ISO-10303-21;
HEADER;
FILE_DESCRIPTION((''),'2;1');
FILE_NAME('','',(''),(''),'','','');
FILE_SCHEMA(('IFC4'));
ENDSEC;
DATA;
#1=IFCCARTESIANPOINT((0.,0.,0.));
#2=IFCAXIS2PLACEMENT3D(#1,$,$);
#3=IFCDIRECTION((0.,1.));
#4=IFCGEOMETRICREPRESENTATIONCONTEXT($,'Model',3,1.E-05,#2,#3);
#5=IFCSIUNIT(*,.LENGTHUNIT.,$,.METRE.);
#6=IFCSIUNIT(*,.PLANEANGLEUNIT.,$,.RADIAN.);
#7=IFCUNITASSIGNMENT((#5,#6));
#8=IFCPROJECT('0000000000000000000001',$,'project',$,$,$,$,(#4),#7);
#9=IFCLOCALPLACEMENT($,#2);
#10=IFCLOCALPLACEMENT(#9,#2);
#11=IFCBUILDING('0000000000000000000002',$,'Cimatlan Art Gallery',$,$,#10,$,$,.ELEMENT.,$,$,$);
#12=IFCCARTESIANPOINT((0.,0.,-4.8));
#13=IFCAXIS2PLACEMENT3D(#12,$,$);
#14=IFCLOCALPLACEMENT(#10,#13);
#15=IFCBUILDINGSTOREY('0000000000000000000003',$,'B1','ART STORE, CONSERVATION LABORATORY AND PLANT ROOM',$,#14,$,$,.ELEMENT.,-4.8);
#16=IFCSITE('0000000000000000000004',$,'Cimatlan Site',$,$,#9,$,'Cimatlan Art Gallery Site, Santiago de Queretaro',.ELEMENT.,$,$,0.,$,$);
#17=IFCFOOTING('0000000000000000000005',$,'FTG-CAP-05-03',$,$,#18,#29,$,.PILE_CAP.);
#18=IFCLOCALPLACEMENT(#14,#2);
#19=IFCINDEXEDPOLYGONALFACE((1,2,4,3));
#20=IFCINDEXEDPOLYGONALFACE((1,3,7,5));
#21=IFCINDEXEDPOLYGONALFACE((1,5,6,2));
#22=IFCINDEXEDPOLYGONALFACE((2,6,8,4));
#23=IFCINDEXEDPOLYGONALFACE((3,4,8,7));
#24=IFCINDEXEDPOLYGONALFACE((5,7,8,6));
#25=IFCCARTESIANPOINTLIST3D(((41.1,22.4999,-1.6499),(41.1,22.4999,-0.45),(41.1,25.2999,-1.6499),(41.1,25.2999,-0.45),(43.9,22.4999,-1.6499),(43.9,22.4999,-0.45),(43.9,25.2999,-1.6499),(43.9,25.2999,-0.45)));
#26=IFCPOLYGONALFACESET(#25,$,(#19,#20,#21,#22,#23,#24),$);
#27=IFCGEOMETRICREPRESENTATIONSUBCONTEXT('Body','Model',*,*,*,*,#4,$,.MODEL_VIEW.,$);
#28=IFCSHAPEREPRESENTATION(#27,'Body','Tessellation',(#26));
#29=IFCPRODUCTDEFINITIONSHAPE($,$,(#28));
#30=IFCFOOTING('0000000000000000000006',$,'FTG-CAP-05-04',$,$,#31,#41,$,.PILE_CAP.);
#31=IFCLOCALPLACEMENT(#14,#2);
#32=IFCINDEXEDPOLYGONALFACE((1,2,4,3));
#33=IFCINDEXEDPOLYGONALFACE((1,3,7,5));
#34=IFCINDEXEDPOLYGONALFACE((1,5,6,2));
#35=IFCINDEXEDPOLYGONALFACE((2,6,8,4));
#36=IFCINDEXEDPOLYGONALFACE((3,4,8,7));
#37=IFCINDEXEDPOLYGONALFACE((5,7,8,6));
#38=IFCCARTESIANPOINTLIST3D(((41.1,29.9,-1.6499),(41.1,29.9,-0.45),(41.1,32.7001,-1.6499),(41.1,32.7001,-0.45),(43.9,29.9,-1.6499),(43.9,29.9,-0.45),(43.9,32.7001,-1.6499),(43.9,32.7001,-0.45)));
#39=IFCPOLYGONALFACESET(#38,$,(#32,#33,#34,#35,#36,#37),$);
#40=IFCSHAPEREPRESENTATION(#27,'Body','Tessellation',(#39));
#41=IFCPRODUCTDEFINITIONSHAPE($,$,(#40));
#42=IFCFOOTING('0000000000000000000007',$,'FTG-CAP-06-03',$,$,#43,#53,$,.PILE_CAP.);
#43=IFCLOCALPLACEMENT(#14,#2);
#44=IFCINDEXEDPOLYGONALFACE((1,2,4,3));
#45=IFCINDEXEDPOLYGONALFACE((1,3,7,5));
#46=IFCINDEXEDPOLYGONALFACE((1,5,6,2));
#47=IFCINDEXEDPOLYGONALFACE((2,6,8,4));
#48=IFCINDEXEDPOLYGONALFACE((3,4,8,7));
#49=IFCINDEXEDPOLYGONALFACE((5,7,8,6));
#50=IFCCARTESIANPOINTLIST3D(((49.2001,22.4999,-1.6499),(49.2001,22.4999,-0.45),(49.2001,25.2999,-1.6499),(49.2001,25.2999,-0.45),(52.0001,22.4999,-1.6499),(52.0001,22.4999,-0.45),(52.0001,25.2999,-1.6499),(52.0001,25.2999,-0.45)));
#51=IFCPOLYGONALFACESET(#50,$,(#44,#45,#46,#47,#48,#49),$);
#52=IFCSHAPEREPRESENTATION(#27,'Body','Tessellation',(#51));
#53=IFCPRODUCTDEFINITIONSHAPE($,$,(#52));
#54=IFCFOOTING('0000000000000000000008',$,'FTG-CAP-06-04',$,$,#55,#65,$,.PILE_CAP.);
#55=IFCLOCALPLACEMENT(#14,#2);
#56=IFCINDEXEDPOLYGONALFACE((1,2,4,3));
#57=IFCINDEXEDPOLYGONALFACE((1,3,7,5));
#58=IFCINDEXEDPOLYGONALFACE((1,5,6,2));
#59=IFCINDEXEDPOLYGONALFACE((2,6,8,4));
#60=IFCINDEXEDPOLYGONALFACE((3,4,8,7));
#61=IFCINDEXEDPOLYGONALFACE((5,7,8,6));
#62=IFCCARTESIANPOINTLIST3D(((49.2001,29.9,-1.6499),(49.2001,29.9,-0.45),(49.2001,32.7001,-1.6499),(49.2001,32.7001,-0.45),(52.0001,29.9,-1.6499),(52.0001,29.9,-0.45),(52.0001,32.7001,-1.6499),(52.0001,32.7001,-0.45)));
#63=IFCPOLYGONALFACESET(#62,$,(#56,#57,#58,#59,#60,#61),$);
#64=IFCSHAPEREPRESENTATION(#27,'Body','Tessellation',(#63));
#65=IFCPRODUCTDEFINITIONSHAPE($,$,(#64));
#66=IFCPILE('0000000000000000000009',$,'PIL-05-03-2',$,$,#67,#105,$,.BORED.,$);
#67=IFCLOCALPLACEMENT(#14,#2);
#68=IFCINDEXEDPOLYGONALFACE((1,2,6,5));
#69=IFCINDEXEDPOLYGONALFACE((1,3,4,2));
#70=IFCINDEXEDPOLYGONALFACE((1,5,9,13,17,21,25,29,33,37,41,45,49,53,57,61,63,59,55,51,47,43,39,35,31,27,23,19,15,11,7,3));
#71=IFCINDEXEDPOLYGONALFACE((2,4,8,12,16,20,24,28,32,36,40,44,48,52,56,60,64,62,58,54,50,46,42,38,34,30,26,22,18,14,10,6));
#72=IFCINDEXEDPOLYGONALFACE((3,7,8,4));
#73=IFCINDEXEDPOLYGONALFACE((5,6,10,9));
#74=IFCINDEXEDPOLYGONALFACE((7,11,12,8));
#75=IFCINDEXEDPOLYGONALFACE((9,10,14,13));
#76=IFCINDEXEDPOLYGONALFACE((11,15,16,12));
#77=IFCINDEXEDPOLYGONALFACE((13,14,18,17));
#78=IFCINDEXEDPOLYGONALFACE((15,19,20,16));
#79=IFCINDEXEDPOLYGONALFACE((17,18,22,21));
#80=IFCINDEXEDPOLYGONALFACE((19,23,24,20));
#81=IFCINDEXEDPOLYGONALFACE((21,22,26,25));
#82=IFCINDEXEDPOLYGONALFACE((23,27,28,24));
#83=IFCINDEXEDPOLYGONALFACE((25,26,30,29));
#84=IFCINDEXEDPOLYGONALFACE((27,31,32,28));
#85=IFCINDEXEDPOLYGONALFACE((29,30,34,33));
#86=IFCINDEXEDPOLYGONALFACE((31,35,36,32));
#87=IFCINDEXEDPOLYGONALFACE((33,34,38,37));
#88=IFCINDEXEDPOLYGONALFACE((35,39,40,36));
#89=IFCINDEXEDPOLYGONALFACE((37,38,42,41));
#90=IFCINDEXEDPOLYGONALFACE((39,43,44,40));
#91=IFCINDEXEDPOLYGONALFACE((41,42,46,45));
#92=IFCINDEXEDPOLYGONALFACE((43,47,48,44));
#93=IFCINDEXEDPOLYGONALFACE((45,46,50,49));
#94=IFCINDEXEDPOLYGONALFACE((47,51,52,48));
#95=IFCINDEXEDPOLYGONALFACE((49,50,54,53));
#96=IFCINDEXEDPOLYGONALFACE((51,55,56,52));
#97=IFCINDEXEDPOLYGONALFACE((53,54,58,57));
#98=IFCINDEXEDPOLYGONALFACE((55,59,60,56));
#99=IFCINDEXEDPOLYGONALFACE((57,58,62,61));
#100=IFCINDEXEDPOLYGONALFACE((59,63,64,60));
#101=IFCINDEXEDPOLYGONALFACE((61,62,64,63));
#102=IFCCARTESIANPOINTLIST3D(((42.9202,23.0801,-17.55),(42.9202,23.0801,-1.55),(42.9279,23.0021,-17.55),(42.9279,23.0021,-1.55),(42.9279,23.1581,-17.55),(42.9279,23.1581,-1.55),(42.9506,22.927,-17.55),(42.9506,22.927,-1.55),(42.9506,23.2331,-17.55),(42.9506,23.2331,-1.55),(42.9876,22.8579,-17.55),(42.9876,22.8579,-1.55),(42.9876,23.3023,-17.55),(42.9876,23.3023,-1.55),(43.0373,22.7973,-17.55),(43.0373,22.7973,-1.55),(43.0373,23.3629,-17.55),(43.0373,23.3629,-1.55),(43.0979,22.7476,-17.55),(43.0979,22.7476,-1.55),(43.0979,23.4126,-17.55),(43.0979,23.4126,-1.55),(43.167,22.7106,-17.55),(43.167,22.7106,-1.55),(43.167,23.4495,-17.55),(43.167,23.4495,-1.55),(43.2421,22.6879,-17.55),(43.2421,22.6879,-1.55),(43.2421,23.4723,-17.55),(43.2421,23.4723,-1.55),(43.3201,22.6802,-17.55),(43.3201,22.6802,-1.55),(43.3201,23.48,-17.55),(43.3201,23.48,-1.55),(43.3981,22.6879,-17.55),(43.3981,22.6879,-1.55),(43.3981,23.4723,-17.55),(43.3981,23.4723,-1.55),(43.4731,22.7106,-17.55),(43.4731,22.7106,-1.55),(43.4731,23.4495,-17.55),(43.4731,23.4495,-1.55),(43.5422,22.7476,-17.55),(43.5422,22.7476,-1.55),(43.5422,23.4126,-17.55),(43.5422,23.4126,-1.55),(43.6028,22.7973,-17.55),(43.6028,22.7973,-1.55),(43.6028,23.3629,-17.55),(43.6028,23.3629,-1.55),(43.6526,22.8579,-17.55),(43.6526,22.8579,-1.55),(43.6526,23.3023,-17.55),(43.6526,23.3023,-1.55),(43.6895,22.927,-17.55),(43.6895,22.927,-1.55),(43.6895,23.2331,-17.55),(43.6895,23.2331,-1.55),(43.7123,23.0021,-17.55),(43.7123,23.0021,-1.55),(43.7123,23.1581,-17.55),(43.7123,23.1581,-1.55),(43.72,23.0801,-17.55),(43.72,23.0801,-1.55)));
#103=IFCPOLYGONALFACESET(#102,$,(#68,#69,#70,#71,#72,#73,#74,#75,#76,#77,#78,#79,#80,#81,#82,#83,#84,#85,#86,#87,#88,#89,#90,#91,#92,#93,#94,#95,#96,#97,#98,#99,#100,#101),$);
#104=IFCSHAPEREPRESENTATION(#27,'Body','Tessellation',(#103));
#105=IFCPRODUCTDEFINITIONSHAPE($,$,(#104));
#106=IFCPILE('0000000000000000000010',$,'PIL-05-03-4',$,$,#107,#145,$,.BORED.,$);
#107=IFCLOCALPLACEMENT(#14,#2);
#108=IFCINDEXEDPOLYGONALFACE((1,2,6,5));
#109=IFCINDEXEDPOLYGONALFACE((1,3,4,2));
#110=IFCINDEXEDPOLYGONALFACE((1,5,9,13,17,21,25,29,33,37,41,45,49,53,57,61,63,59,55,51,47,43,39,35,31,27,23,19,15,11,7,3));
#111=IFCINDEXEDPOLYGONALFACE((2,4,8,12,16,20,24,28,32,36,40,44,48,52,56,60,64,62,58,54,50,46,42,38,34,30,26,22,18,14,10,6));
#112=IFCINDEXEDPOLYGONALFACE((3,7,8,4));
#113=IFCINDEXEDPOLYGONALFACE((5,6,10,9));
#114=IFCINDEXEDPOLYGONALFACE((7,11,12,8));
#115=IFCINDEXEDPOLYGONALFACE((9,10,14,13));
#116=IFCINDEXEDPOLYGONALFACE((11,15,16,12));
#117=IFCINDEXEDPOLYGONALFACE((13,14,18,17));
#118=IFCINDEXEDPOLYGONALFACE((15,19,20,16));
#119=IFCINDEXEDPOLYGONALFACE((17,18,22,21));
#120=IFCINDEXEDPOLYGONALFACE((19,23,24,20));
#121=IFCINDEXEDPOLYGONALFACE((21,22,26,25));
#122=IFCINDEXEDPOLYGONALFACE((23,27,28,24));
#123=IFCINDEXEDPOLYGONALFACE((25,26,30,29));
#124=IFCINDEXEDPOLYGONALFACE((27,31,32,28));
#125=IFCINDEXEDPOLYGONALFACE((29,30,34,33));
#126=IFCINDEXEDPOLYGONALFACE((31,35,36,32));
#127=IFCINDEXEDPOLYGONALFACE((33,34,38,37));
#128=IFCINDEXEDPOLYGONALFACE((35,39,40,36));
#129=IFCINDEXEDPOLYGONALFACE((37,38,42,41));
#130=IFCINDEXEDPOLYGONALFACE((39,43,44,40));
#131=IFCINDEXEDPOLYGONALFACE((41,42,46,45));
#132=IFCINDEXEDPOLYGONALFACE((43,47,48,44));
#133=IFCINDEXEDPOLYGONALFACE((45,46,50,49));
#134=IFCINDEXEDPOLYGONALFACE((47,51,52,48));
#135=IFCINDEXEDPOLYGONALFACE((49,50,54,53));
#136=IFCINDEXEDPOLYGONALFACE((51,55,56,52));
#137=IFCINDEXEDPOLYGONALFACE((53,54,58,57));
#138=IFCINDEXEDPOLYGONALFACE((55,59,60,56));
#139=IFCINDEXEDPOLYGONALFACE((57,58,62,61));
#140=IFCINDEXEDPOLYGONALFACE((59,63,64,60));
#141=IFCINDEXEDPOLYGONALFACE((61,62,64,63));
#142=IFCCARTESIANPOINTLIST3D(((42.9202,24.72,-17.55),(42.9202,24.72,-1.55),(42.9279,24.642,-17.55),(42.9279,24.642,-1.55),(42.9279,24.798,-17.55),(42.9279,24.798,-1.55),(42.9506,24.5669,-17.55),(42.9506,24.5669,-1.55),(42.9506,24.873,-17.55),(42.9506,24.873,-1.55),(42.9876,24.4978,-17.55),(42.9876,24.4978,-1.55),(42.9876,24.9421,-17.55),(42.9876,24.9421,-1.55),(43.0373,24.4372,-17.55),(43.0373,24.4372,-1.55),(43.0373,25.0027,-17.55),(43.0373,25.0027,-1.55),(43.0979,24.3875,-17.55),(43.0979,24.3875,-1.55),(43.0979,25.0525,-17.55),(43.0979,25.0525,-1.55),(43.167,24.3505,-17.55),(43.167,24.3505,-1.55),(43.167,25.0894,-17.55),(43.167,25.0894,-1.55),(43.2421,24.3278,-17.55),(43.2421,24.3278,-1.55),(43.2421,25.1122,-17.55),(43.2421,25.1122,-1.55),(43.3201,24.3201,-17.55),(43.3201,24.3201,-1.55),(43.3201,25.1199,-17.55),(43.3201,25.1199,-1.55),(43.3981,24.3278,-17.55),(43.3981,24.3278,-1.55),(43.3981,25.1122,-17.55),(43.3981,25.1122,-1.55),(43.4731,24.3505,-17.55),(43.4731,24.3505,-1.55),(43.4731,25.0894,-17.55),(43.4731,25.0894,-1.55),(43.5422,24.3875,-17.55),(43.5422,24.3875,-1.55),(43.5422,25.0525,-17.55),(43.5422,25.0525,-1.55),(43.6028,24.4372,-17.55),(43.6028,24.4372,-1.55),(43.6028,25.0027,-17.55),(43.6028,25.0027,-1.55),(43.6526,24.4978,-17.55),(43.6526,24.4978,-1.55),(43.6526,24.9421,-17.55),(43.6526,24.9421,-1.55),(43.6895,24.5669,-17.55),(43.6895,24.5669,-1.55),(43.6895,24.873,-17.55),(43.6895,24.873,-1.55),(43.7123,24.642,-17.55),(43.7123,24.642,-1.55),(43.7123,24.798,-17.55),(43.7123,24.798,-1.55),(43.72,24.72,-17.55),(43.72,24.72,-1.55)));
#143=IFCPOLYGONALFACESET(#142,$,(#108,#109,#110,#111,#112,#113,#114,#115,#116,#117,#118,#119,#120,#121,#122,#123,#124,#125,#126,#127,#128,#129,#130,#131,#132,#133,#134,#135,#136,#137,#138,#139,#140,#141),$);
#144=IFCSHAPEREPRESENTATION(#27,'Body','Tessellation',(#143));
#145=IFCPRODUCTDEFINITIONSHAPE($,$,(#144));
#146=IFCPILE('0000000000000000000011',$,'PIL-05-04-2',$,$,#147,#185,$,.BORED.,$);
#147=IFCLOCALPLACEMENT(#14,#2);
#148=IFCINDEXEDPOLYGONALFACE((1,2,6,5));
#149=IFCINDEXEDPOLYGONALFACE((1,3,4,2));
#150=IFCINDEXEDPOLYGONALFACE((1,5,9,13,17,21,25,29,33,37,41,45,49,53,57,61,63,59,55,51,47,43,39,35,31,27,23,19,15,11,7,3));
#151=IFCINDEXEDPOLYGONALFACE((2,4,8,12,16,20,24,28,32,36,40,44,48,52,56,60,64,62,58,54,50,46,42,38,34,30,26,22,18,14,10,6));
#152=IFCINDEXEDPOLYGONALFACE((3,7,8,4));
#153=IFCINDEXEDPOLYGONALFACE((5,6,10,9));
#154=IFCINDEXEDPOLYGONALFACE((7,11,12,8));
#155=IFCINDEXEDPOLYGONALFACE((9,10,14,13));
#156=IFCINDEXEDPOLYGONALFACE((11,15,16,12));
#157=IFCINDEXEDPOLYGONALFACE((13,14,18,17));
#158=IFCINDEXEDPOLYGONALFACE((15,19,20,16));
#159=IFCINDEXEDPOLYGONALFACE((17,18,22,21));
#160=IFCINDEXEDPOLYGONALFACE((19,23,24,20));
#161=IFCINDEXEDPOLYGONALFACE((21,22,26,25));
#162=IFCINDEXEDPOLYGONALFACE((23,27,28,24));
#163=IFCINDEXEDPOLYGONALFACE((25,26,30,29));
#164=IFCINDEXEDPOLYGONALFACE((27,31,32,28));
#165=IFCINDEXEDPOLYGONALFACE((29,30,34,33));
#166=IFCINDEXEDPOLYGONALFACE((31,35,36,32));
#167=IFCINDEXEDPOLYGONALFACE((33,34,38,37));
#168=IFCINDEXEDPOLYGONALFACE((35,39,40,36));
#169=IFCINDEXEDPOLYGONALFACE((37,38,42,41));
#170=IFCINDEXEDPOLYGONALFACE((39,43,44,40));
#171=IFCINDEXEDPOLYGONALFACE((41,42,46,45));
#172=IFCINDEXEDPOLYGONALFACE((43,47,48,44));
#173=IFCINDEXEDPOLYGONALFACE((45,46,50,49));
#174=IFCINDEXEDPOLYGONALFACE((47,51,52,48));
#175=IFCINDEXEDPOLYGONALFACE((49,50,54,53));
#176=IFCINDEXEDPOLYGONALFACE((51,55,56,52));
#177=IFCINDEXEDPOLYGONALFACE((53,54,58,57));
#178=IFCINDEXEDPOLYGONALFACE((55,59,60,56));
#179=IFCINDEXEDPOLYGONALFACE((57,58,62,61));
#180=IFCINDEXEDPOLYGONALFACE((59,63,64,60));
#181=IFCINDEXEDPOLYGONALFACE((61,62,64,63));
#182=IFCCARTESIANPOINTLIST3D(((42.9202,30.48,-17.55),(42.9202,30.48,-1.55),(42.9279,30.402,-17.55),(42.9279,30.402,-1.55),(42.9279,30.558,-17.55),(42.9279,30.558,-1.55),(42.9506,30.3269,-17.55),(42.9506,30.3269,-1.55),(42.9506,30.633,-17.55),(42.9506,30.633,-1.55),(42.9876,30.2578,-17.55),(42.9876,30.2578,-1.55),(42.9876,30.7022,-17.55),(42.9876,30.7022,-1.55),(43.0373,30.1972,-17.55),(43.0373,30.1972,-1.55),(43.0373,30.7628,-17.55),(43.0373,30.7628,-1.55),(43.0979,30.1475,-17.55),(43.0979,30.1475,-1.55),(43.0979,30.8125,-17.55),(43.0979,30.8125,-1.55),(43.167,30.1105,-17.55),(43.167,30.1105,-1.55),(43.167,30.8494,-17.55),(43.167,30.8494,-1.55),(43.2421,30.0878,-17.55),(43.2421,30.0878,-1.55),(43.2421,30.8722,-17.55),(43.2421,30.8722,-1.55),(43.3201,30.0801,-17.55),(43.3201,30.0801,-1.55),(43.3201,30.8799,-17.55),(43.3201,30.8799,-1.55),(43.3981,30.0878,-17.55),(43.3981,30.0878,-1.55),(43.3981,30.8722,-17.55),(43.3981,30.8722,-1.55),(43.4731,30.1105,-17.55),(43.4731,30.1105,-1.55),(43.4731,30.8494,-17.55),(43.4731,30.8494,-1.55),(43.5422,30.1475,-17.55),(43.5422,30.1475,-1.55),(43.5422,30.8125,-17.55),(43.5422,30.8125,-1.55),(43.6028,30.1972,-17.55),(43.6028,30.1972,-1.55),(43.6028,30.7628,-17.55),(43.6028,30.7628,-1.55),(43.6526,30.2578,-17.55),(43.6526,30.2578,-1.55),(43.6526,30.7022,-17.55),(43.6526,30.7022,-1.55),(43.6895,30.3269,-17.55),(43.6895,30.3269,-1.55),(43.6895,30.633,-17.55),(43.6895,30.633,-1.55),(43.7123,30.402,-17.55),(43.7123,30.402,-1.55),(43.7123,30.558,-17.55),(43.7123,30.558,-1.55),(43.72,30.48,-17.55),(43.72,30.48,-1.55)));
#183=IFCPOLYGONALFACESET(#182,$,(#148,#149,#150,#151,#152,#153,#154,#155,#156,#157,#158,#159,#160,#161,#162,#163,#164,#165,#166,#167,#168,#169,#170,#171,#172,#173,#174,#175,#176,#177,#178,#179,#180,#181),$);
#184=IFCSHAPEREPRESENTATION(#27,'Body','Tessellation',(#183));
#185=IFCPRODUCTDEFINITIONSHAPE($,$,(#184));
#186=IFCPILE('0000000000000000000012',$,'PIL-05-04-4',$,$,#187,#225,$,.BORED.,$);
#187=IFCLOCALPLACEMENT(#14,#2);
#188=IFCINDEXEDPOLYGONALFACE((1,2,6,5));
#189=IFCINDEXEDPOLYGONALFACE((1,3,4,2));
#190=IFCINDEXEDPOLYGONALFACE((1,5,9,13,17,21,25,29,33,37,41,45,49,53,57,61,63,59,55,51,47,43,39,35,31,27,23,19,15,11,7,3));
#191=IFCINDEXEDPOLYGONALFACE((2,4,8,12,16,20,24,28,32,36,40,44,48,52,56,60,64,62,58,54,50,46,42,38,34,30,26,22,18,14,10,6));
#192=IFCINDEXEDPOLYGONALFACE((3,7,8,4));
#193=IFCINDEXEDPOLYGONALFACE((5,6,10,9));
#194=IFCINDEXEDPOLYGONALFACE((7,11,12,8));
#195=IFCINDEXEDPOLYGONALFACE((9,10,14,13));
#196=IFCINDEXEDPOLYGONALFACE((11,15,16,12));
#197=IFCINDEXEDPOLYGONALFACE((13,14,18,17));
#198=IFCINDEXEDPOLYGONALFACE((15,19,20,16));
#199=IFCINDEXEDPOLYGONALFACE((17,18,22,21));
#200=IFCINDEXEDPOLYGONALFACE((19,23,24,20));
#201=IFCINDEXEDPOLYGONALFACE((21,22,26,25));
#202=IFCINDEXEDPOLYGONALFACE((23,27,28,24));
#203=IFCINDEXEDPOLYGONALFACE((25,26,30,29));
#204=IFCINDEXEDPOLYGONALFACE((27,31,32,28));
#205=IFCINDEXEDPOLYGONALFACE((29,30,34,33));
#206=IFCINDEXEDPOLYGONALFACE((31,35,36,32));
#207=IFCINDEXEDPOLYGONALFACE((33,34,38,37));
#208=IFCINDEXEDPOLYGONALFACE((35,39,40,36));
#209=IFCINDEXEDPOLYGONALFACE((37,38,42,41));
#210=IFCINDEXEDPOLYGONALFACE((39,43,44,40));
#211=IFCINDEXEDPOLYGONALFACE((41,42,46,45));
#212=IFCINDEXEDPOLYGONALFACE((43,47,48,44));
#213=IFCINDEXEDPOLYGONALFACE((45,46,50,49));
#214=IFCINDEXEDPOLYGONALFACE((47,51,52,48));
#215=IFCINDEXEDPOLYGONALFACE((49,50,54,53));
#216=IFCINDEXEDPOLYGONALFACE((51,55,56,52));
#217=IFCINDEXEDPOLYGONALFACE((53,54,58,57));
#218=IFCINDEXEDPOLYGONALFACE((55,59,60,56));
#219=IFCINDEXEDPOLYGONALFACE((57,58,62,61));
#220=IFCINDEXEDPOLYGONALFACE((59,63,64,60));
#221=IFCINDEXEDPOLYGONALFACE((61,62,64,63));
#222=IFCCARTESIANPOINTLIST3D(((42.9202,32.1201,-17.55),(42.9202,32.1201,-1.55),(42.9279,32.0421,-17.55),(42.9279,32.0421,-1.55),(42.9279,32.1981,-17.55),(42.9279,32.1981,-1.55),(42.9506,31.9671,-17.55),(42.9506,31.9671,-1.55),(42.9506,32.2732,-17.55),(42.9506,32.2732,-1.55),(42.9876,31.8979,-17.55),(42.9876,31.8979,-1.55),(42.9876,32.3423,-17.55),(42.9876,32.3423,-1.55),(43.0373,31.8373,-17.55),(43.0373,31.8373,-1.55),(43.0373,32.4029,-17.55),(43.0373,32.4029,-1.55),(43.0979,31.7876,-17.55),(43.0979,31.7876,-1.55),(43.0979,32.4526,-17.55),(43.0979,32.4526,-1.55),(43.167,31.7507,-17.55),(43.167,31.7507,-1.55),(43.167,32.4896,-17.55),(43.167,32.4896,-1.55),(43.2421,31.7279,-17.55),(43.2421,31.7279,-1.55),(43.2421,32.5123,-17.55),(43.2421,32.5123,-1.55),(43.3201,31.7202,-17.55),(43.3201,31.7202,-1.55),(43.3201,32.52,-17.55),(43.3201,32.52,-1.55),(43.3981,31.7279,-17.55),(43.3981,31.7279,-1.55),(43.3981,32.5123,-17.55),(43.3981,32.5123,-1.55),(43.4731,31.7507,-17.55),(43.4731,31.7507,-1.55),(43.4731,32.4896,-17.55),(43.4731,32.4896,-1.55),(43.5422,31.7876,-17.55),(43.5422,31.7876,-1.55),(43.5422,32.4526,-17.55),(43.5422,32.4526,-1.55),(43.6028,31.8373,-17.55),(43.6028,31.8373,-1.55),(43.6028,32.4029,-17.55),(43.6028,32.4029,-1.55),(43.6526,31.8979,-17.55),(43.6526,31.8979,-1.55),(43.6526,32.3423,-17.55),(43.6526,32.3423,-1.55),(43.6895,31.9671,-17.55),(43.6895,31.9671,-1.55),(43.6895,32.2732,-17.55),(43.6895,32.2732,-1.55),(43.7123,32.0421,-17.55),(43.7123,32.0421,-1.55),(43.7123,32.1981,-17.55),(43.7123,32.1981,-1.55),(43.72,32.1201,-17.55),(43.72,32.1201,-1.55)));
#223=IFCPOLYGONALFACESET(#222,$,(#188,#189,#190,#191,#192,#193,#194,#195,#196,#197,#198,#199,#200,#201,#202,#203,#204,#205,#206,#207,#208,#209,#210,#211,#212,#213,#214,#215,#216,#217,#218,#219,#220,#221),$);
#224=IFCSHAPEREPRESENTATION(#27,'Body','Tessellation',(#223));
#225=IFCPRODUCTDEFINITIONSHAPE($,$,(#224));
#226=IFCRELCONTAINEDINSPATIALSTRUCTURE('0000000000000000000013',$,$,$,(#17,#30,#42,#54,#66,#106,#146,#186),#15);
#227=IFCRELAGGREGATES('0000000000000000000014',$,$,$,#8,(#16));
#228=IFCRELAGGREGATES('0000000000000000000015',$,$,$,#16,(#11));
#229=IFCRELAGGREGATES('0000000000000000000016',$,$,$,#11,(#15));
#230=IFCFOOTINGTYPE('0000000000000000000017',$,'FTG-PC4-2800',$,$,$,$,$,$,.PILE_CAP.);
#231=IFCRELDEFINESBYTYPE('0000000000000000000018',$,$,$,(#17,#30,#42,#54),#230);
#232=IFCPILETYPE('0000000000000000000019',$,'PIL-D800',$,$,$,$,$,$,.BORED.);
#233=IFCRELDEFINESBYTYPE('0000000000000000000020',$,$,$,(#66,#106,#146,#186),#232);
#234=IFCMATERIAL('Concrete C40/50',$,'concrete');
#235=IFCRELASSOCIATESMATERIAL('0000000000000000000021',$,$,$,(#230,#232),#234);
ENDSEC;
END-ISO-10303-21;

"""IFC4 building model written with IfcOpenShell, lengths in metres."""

from ifc_helpers import new_model, si_unit, direction, frame, origin, origin_2d, place, context, subcontext, project, spatial, rectangle, circle, extrude, material, type_object, element, save


model = new_model("IFC4")

# Units and contexts
model_context = context("Model", 3, precision=1e-05, world=origin(), true_north=direction((0.0, 1.0)))
body_context = subcontext(model_context, "Body", "Model", "MODEL_VIEW")
ifc_project = project(units=[si_unit("LENGTHUNIT", "METRE"), si_unit("PLANEANGLEUNIT", "RADIAN")], contexts=[model_context])

# Site, building, storey
site_placement = place(None, origin())
site = spatial("IfcSite", under=ifc_project, at=site_placement, Name="Cimatlan Site", LongName="Cimatlan Art Gallery Site, Santiago de Queretaro", CompositionType="ELEMENT", RefElevation=0.0)
building_placement = place(site_placement, origin())
building = spatial("IfcBuilding", under=site, at=building_placement, Name="Cimatlan Art Gallery", CompositionType="ELEMENT")
storey_placement = place(building_placement, frame((0.0, 0.0, -4.8)))
storey = spatial("IfcBuildingStorey", under=building, at=storey_placement, Name="B1", Description="ART STORE, CONSERVATION LABORATORY AND PLANT ROOM", CompositionType="ELEMENT", Elevation=-4.8)

# Footings
ifc_material_1 = material(Name="Concrete C40/50", Category="concrete")
footing_type = type_object("IfcFootingType", Name="FTG-PC4-2800", PredefinedType="PILE_CAP", material=ifc_material_1)
for number, where, z_axis, x_axis, name in (
    (1, (42.5, 23.8999, -1.6499), (0.0, 0.0, 1.0), (1.0, 0.0, 0.0), "FTG-CAP-05-03"),
    (2, (42.5, 31.3, -1.6499), (0.0, 0.0, 1.0), (1.0, 0.0, 0.0), "FTG-CAP-05-04"),
    (3, (50.6001, 23.8999, -1.6499), (0.0, 0.0, 1.0), (1.0, 0.0, 0.0), "FTG-CAP-06-03"),
    (4, (50.6001, 31.3, -1.6499), (0.0, 0.0, 1.0), (1.0, 0.0, 0.0), "FTG-CAP-06-04"),
):
    element("IfcFooting", number, at=place(storey_placement, frame(where, z_axis=z_axis, x_axis=x_axis)), inside=storey, type_object=footing_type, Name=name, PredefinedType="PILE_CAP", context=body_context, shape_type="SweptSolid", body=[
        extrude(rectangle(XDim=2.8, YDim=2.8, at=origin_2d()), origin(), (0.0, 0.0, 1.0), 1.2),
    ])

# Piles
pile_type = type_object("IfcPileType", Name="PIL-D800", PredefinedType="BORED", material=ifc_material_1)
for number, where, z_axis, x_axis, name in (
    (5, (43.3201, 23.0801, -1.55), (0.0, 0.0, -1.0), (1.0, 0.0, 0.0), "PIL-05-03-2"),
    (6, (43.3201, 24.72, -1.55), (0.0, 0.0, -1.0), (1.0, 0.0, 0.0), "PIL-05-03-4"),
    (7, (43.3201, 30.48, -1.55), (0.0, 0.0, -1.0), (1.0, 0.0, 0.0), "PIL-05-04-2"),
    (8, (43.3201, 32.1201, -1.55), (0.0, 0.0, -1.0), (1.0, 0.0, 0.0), "PIL-05-04-4"),
):
    element("IfcPile", number, at=place(storey_placement, frame(where, z_axis=z_axis, x_axis=x_axis)), inside=storey, type_object=pile_type, Name=name, PredefinedType="BORED", context=body_context, shape_type="SweptSolid", body=[
        extrude(circle(Radius=0.3999, at=origin_2d()), origin(), (0.0, 0.0, 1.0), 16.0),
    ])

save(model, "model.ifc")
